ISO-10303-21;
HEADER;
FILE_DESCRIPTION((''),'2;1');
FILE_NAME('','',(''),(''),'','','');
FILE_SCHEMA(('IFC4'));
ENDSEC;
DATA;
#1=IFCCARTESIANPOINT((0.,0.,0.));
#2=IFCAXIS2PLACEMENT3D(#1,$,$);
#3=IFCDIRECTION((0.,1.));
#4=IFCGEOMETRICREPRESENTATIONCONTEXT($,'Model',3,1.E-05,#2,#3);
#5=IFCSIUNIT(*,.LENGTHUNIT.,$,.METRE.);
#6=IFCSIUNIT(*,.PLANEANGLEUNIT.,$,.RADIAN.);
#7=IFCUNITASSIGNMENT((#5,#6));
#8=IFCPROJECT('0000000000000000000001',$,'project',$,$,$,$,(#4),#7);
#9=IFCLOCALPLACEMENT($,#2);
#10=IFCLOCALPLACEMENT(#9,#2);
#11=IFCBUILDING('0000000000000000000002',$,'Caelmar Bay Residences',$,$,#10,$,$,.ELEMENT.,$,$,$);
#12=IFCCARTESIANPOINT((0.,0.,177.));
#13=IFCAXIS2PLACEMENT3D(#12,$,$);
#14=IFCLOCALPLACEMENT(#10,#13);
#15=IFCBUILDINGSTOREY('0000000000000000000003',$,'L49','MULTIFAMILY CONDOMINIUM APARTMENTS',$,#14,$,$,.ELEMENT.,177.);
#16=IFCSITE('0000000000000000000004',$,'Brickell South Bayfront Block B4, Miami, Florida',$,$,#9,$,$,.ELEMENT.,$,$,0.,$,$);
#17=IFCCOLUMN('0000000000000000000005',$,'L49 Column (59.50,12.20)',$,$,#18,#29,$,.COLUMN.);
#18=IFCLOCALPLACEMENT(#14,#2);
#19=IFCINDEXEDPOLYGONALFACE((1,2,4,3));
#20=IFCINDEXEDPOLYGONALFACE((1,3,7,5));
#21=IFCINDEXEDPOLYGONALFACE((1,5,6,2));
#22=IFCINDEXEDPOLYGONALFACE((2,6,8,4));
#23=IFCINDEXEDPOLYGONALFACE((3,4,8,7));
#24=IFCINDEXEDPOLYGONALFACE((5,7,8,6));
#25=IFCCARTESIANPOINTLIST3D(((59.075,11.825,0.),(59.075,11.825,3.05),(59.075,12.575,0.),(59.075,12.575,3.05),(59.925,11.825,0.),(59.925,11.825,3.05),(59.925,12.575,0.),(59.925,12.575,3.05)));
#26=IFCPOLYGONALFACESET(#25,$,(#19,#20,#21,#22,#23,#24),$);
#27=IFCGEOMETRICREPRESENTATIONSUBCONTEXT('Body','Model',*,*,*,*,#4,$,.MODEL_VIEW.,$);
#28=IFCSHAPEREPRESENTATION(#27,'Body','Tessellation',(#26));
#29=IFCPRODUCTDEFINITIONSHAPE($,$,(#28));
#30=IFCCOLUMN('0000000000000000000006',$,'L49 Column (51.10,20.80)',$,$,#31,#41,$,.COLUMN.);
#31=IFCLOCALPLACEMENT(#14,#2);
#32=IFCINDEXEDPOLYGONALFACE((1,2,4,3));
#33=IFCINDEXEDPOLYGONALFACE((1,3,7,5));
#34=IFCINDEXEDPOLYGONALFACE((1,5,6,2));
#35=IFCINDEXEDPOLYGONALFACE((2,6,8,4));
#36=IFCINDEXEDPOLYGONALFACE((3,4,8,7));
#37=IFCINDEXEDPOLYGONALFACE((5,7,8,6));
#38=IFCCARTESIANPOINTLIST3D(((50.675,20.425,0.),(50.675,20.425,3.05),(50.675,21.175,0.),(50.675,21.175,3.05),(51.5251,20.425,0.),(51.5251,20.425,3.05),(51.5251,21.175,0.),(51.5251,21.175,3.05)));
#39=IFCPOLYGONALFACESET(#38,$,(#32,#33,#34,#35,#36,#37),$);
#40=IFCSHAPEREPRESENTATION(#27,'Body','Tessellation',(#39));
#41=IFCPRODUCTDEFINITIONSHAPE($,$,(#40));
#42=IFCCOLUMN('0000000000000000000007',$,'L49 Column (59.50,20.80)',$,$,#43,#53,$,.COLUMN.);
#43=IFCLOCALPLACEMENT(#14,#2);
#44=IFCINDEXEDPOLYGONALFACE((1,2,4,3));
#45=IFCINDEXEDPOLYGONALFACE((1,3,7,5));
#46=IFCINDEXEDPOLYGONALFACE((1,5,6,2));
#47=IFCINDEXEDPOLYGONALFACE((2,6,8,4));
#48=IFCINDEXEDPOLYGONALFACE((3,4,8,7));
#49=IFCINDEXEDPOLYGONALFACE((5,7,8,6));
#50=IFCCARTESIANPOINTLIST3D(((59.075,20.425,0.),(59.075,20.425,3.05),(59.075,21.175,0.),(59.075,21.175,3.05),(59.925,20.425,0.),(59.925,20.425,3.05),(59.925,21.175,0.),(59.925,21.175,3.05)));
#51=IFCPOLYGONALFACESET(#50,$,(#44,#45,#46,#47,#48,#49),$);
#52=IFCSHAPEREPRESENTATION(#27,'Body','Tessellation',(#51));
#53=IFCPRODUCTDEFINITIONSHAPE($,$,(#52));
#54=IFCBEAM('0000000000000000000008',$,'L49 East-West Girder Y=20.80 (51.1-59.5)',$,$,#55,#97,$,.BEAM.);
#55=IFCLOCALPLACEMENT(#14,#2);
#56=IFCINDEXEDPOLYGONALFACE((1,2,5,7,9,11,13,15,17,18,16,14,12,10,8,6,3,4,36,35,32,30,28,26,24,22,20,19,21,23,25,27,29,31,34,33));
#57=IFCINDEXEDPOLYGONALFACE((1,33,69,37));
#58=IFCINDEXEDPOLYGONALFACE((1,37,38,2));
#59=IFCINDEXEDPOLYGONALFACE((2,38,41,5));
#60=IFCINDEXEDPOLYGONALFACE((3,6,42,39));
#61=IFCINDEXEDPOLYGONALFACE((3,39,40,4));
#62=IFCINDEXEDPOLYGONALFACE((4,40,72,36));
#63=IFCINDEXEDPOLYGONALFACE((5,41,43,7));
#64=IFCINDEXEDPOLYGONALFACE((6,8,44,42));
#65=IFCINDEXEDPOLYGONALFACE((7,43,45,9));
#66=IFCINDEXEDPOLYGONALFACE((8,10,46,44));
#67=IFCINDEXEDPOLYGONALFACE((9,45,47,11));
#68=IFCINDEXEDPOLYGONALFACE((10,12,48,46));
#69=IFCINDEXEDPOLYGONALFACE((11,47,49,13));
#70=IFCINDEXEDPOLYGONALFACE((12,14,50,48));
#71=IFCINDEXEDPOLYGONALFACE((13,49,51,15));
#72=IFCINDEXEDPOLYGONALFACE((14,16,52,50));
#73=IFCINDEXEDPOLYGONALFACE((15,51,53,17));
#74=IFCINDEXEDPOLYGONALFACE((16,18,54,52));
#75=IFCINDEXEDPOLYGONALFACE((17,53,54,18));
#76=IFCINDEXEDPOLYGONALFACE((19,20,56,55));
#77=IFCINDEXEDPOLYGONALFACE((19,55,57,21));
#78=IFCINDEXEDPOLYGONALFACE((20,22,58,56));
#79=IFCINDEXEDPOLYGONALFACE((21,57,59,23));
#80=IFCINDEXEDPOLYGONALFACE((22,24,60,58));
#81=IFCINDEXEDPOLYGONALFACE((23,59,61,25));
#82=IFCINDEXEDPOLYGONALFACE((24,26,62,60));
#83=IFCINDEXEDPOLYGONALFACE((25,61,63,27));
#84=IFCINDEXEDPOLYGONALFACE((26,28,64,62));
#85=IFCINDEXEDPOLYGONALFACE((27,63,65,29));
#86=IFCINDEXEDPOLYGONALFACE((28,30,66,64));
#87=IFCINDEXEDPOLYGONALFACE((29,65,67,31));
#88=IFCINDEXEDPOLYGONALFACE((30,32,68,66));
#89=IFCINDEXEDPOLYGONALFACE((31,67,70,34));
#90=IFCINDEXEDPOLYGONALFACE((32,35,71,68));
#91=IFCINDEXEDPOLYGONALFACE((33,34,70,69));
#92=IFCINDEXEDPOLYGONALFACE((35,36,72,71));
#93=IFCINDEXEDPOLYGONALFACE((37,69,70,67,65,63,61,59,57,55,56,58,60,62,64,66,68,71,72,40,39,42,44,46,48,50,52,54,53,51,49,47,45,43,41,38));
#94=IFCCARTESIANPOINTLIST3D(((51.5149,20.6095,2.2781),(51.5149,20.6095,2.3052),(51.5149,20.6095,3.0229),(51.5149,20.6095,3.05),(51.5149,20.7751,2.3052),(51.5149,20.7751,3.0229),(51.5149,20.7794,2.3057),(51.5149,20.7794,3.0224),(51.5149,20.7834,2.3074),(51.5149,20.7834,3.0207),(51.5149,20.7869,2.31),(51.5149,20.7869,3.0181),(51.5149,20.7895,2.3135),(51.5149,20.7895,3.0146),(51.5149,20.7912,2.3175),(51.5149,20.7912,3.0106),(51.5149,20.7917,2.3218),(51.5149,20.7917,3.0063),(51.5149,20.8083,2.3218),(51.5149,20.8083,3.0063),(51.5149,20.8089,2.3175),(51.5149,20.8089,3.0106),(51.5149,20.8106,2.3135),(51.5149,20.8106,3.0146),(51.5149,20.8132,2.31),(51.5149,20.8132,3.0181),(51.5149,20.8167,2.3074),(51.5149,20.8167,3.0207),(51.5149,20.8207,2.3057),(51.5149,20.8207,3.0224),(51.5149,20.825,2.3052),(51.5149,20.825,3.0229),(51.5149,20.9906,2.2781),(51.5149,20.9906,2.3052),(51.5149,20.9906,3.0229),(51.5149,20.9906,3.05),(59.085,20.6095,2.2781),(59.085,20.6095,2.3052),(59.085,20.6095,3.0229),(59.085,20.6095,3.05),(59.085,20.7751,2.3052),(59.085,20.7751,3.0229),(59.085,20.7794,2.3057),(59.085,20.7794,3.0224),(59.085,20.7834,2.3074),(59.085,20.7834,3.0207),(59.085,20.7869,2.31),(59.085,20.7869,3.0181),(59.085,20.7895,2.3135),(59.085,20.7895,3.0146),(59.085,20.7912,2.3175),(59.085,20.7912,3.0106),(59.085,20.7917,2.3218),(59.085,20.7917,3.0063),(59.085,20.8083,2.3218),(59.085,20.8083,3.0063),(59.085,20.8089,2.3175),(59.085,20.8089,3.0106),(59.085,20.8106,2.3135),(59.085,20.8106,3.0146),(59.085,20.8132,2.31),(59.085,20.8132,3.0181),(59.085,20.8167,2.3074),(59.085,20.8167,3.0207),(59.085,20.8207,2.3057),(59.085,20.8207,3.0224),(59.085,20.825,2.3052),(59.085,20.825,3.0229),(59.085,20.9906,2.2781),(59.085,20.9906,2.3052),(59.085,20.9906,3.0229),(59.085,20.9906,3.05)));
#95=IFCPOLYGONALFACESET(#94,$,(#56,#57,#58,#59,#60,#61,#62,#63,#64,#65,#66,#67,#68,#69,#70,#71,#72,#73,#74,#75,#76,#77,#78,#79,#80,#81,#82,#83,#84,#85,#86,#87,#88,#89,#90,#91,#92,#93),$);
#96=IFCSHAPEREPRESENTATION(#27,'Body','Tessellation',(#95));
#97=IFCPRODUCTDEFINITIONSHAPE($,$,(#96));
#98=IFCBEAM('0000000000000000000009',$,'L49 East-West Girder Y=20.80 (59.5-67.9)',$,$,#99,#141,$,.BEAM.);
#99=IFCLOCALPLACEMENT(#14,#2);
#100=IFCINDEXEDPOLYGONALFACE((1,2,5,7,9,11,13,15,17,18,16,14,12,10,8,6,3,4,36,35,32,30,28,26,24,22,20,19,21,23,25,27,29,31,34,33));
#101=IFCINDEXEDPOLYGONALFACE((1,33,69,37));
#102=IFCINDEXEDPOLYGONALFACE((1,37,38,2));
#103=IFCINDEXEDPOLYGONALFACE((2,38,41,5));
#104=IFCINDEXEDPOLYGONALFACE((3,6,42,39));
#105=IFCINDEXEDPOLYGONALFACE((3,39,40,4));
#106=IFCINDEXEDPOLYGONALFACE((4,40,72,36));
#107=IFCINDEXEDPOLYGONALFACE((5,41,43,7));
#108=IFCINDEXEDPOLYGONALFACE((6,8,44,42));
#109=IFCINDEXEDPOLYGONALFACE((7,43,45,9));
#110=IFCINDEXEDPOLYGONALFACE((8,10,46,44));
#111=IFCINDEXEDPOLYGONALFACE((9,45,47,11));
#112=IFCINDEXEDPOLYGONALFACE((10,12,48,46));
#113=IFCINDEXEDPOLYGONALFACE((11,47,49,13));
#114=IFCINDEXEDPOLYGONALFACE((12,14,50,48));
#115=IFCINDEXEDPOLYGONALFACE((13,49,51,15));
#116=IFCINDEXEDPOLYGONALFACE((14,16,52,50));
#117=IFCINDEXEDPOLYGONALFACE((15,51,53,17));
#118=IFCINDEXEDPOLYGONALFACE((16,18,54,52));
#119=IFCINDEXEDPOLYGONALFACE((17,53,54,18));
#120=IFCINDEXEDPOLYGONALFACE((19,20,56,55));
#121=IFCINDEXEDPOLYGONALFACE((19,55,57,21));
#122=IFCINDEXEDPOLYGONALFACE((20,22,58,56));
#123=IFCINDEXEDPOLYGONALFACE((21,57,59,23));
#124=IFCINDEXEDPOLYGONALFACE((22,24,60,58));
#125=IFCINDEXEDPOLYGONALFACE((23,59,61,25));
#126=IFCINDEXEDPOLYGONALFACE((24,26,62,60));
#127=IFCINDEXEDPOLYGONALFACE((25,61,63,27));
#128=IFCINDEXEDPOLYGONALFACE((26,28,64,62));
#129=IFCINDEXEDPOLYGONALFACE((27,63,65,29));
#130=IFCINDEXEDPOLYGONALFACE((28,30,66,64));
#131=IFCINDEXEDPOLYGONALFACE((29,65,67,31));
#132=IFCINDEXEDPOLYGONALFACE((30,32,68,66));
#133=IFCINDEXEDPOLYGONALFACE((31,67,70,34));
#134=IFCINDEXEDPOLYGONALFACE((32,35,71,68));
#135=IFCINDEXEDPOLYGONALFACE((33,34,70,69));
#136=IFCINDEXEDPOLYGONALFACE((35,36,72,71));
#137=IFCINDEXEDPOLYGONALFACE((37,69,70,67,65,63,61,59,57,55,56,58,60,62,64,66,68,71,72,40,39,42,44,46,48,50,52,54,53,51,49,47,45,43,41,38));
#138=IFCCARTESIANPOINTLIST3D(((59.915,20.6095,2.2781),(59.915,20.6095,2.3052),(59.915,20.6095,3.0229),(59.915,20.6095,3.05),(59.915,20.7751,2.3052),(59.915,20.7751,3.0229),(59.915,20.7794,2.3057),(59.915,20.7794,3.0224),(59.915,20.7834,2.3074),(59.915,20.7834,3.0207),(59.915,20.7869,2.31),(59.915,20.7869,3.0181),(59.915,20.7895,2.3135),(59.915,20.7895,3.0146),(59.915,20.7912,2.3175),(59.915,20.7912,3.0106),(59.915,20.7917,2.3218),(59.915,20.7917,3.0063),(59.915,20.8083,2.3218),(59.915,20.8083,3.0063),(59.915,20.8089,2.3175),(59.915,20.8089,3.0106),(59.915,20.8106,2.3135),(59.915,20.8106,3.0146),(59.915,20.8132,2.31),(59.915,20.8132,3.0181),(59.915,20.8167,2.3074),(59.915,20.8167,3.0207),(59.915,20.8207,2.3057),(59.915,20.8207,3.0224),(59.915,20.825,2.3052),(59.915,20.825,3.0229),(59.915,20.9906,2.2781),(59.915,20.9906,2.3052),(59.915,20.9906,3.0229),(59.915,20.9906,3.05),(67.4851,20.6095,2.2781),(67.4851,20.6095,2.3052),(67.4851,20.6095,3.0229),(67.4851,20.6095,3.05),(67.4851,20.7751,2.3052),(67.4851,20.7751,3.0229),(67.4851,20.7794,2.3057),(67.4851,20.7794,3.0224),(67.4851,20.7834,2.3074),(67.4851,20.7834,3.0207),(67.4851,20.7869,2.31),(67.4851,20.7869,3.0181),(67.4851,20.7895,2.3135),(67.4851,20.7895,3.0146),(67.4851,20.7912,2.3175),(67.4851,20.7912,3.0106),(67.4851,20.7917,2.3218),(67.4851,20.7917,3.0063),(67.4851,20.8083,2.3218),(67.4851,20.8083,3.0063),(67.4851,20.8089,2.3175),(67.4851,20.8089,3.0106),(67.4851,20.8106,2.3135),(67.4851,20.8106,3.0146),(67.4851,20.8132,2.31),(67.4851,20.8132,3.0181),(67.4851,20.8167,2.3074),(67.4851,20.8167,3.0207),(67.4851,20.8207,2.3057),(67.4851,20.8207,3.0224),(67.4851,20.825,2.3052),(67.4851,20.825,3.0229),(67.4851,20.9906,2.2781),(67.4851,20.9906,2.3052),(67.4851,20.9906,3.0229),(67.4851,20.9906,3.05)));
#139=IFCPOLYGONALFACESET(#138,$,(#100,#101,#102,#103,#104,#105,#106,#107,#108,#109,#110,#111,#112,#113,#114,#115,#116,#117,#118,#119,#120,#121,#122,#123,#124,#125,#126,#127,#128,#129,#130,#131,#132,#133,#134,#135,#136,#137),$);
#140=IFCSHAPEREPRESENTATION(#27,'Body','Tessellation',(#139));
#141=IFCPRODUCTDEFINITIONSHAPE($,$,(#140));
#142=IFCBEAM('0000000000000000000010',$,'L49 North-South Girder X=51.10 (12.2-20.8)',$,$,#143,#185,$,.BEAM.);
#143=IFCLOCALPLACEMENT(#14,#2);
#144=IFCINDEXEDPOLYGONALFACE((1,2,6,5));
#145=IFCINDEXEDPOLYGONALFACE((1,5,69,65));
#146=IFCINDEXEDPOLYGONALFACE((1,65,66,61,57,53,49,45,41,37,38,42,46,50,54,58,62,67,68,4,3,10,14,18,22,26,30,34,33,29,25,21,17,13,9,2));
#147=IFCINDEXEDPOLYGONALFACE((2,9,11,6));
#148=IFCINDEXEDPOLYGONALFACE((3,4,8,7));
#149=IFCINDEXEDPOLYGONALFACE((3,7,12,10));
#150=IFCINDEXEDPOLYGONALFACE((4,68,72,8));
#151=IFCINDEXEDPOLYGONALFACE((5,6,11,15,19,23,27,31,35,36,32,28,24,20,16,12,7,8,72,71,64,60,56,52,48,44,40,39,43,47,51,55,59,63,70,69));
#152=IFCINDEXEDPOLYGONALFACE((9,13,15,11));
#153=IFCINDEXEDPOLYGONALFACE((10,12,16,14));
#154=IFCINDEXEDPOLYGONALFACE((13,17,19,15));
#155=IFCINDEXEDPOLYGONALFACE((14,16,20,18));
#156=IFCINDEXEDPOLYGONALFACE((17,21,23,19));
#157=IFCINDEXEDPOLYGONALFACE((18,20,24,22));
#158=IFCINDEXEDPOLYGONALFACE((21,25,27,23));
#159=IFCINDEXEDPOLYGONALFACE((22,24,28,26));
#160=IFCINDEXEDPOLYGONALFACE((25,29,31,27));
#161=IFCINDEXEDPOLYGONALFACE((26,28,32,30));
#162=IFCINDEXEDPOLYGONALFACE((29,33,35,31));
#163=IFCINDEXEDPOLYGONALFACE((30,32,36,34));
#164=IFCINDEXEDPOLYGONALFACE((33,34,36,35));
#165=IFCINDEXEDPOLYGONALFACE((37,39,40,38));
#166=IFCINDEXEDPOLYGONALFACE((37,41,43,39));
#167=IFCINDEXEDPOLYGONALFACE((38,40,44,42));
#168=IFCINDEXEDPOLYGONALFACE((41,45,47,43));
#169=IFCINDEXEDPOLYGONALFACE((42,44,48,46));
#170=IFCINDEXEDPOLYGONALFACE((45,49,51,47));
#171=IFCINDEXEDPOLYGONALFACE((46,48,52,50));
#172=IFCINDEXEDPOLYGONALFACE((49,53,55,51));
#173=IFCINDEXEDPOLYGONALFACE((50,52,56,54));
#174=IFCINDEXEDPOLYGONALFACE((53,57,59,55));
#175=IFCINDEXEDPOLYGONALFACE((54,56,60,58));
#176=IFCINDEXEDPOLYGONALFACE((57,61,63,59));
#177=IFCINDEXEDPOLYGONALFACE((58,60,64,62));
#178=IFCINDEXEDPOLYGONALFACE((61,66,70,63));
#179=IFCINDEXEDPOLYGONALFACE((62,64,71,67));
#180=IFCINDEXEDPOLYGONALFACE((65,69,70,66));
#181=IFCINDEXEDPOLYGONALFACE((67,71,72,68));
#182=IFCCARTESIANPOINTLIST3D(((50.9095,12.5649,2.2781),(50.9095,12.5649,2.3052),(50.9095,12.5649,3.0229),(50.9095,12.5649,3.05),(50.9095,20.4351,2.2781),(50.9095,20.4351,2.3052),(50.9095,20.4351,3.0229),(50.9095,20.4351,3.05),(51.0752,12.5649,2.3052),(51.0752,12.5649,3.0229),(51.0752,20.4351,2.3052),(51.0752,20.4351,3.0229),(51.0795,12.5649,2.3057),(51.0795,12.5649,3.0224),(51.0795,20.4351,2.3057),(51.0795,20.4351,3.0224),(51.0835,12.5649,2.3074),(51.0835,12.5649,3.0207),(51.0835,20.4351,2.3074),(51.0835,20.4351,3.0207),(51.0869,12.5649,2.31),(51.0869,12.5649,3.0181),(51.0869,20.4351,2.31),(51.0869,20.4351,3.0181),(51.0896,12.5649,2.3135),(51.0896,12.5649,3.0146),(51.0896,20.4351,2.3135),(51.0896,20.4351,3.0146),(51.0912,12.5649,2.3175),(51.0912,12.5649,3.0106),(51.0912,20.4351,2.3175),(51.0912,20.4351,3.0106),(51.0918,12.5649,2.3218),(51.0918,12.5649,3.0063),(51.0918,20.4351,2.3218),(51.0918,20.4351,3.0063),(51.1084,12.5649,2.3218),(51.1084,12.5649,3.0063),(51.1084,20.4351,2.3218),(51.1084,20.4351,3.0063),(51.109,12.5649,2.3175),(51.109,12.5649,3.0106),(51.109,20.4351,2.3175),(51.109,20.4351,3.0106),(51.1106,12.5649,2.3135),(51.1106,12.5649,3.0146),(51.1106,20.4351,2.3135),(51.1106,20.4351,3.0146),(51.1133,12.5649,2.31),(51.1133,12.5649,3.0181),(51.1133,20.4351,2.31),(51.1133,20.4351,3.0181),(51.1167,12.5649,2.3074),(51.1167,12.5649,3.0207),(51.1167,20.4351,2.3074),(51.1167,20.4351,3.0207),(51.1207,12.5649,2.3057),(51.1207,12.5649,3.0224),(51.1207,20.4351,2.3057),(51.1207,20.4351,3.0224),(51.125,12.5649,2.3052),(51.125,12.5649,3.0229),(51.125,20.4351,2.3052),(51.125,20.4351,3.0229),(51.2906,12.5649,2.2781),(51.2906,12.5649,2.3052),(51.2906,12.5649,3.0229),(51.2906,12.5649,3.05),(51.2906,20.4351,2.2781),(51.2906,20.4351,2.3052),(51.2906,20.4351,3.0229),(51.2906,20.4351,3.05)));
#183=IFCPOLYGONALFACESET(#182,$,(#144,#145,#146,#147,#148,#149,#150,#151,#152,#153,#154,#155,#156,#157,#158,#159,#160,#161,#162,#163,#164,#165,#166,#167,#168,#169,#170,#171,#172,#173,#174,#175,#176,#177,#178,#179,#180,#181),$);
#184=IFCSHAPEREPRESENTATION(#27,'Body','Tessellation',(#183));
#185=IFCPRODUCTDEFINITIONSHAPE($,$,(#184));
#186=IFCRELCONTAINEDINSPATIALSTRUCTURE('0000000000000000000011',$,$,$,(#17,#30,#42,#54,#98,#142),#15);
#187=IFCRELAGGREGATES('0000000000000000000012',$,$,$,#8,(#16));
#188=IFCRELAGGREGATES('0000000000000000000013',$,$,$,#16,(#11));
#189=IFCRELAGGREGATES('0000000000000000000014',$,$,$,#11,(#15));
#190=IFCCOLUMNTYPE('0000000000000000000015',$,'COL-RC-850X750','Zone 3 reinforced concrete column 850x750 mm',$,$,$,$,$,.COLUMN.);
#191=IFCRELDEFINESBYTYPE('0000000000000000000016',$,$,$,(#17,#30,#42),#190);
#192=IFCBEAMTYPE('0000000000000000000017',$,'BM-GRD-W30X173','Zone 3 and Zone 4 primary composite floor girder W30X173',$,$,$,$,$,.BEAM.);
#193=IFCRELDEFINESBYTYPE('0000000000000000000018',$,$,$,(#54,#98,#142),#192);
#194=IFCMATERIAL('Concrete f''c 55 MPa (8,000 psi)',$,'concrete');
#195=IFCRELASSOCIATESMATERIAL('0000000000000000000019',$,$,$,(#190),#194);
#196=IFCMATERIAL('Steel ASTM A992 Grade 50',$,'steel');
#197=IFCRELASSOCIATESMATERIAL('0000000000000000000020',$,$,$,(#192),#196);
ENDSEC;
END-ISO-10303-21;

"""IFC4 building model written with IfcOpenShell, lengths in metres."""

from ifc_helpers import new_model, si_unit, direction, frame, origin, origin_2d, place, context, subcontext, project, spatial, rectangle, i_section, extrude, material, material_profile, profile_set, type_object, element, save


model = new_model("IFC4")

# Units and contexts
model_context = context("Model", 3, precision=1e-05, world=origin(), true_north=direction((0.0, 1.0)))
body_context = subcontext(model_context, "Body", "Model", "MODEL_VIEW")
ifc_project = project(units=[si_unit("LENGTHUNIT", "METRE"), si_unit("PLANEANGLEUNIT", "RADIAN")], contexts=[model_context])

# Site, building, storey
site_placement = place(None, origin())
site = spatial("IfcSite", under=ifc_project, at=site_placement, Name="Brickell South Bayfront Block B4, Miami, Florida", CompositionType="ELEMENT", RefElevation=0.0)
building_placement = place(site_placement, origin())
building = spatial("IfcBuilding", under=site, at=building_placement, Name="Caelmar Bay Residences", CompositionType="ELEMENT")
storey_placement = place(building_placement, frame((0.0, 0.0, 177.0)))
storey = spatial("IfcBuildingStorey", under=building, at=storey_placement, Name="L49", Description="MULTIFAMILY CONDOMINIUM APARTMENTS", CompositionType="ELEMENT", Elevation=177.0)

# Columns
ifc_material_1 = material(Name="Concrete f'c 55 MPa (8,000 psi)", Category="concrete")
ifc_material_profile_1 = material_profile(ifc_material_1, rectangle(XDim=0.8501, YDim=0.75, at=origin_2d()), Name="RC-COL-850X750")
ifc_profile_set_1 = profile_set([ifc_material_profile_1], Name="Concrete f'c 55 MPa (8,000 psi)")
column_type = type_object("IfcColumnType", Name="COL-RC-850X750", Description="Zone 3 reinforced concrete column 850x750 mm", PredefinedType="COLUMN", material=ifc_profile_set_1)
for number, where, z_axis, x_axis, name in (
    (1, (59.5, 12.2, 0.0), (0.0, 0.0, 1.0), (1.0, 0.0, 0.0), "L49 Column (59.50,12.20)"),
    (2, (51.1001, 20.8, 0.0), (0.0, 0.0, 1.0), (1.0, 0.0, 0.0), "L49 Column (51.10,20.80)"),
    (3, (59.5, 20.8, 0.0), (0.0, 0.0, 1.0), (1.0, 0.0, 0.0), "L49 Column (59.50,20.80)"),
):
    element("IfcColumn", number, at=place(storey_placement, frame(where, z_axis=z_axis, x_axis=x_axis)), inside=storey, type_object=column_type, Name=name, PredefinedType="COLUMN", context=body_context, shape_type="SweptSolid", body=[
        extrude(rectangle(XDim=0.8501, YDim=0.75, at=origin_2d()), origin(), (0.0, 0.0, 1.0), 3.05),
    ])

# Beams
ifc_material_2 = material(Name="Steel ASTM A992 Grade 50", Category="steel")
ifc_material_profile_2 = material_profile(ifc_material_2, i_section(OverallWidth=0.3811, OverallDepth=0.772, WebThickness=0.0166, FlangeThickness=0.0271, FilletRadius=0.0166, at=origin_2d()), Name="W30X173")
ifc_profile_set_2 = profile_set([ifc_material_profile_2], Name="Steel ASTM A992 Grade 50")
beam_type_1 = type_object("IfcBeamType", Name="BM-GRD-W30X173", Description="Zone 3 and Zone 4 primary composite floor girder W30X173", PredefinedType="BEAM", material=ifc_profile_set_2)
for number, where, z_axis, x_axis, name in (
    (4, (51.5149, 20.8, 2.6641), (1.0, 0.0, 0.0), (0.0, 1.0, 0.0), "L49 East-West Girder Y=20.80 (51.1-59.5)"),
    (5, (59.915, 20.8, 2.6641), (1.0, 0.0, 0.0), (0.0, 1.0, 0.0), "L49 East-West Girder Y=20.80 (59.5-67.9)"),
):
    element("IfcBeam", number, at=place(storey_placement, frame(where, z_axis=z_axis, x_axis=x_axis)), inside=storey, type_object=beam_type_1, Name=name, PredefinedType="BEAM", context=body_context, shape_type="SweptSolid", body=[
        extrude(i_section(OverallWidth=0.3811, OverallDepth=0.772, WebThickness=0.0166, FlangeThickness=0.0271, FilletRadius=0.0166, at=origin_2d()), origin(), (0.0, 0.0, 1.0), 7.5701),
    ])
for number, where, z_axis, x_axis, name in (
    (6, (51.1001, 12.5649, 2.6641), (0.0, 1.0, 0.0), (-1.0, 0.0, 0.0), "L49 North-South Girder X=51.10 (12.2-20.8)"),
):
    element("IfcBeam", number, at=place(storey_placement, frame(where, z_axis=z_axis, x_axis=x_axis)), inside=storey, type_object=beam_type_1, Name=name, PredefinedType="BEAM", context=body_context, shape_type="SweptSolid", body=[
        extrude(i_section(OverallWidth=0.3811, OverallDepth=0.772, WebThickness=0.0166, FlangeThickness=0.0271, FilletRadius=0.0166, at=origin_2d()), origin(), (0.0, 0.0, 1.0), 7.8701),
    ])

save(model, "model.ifc")
